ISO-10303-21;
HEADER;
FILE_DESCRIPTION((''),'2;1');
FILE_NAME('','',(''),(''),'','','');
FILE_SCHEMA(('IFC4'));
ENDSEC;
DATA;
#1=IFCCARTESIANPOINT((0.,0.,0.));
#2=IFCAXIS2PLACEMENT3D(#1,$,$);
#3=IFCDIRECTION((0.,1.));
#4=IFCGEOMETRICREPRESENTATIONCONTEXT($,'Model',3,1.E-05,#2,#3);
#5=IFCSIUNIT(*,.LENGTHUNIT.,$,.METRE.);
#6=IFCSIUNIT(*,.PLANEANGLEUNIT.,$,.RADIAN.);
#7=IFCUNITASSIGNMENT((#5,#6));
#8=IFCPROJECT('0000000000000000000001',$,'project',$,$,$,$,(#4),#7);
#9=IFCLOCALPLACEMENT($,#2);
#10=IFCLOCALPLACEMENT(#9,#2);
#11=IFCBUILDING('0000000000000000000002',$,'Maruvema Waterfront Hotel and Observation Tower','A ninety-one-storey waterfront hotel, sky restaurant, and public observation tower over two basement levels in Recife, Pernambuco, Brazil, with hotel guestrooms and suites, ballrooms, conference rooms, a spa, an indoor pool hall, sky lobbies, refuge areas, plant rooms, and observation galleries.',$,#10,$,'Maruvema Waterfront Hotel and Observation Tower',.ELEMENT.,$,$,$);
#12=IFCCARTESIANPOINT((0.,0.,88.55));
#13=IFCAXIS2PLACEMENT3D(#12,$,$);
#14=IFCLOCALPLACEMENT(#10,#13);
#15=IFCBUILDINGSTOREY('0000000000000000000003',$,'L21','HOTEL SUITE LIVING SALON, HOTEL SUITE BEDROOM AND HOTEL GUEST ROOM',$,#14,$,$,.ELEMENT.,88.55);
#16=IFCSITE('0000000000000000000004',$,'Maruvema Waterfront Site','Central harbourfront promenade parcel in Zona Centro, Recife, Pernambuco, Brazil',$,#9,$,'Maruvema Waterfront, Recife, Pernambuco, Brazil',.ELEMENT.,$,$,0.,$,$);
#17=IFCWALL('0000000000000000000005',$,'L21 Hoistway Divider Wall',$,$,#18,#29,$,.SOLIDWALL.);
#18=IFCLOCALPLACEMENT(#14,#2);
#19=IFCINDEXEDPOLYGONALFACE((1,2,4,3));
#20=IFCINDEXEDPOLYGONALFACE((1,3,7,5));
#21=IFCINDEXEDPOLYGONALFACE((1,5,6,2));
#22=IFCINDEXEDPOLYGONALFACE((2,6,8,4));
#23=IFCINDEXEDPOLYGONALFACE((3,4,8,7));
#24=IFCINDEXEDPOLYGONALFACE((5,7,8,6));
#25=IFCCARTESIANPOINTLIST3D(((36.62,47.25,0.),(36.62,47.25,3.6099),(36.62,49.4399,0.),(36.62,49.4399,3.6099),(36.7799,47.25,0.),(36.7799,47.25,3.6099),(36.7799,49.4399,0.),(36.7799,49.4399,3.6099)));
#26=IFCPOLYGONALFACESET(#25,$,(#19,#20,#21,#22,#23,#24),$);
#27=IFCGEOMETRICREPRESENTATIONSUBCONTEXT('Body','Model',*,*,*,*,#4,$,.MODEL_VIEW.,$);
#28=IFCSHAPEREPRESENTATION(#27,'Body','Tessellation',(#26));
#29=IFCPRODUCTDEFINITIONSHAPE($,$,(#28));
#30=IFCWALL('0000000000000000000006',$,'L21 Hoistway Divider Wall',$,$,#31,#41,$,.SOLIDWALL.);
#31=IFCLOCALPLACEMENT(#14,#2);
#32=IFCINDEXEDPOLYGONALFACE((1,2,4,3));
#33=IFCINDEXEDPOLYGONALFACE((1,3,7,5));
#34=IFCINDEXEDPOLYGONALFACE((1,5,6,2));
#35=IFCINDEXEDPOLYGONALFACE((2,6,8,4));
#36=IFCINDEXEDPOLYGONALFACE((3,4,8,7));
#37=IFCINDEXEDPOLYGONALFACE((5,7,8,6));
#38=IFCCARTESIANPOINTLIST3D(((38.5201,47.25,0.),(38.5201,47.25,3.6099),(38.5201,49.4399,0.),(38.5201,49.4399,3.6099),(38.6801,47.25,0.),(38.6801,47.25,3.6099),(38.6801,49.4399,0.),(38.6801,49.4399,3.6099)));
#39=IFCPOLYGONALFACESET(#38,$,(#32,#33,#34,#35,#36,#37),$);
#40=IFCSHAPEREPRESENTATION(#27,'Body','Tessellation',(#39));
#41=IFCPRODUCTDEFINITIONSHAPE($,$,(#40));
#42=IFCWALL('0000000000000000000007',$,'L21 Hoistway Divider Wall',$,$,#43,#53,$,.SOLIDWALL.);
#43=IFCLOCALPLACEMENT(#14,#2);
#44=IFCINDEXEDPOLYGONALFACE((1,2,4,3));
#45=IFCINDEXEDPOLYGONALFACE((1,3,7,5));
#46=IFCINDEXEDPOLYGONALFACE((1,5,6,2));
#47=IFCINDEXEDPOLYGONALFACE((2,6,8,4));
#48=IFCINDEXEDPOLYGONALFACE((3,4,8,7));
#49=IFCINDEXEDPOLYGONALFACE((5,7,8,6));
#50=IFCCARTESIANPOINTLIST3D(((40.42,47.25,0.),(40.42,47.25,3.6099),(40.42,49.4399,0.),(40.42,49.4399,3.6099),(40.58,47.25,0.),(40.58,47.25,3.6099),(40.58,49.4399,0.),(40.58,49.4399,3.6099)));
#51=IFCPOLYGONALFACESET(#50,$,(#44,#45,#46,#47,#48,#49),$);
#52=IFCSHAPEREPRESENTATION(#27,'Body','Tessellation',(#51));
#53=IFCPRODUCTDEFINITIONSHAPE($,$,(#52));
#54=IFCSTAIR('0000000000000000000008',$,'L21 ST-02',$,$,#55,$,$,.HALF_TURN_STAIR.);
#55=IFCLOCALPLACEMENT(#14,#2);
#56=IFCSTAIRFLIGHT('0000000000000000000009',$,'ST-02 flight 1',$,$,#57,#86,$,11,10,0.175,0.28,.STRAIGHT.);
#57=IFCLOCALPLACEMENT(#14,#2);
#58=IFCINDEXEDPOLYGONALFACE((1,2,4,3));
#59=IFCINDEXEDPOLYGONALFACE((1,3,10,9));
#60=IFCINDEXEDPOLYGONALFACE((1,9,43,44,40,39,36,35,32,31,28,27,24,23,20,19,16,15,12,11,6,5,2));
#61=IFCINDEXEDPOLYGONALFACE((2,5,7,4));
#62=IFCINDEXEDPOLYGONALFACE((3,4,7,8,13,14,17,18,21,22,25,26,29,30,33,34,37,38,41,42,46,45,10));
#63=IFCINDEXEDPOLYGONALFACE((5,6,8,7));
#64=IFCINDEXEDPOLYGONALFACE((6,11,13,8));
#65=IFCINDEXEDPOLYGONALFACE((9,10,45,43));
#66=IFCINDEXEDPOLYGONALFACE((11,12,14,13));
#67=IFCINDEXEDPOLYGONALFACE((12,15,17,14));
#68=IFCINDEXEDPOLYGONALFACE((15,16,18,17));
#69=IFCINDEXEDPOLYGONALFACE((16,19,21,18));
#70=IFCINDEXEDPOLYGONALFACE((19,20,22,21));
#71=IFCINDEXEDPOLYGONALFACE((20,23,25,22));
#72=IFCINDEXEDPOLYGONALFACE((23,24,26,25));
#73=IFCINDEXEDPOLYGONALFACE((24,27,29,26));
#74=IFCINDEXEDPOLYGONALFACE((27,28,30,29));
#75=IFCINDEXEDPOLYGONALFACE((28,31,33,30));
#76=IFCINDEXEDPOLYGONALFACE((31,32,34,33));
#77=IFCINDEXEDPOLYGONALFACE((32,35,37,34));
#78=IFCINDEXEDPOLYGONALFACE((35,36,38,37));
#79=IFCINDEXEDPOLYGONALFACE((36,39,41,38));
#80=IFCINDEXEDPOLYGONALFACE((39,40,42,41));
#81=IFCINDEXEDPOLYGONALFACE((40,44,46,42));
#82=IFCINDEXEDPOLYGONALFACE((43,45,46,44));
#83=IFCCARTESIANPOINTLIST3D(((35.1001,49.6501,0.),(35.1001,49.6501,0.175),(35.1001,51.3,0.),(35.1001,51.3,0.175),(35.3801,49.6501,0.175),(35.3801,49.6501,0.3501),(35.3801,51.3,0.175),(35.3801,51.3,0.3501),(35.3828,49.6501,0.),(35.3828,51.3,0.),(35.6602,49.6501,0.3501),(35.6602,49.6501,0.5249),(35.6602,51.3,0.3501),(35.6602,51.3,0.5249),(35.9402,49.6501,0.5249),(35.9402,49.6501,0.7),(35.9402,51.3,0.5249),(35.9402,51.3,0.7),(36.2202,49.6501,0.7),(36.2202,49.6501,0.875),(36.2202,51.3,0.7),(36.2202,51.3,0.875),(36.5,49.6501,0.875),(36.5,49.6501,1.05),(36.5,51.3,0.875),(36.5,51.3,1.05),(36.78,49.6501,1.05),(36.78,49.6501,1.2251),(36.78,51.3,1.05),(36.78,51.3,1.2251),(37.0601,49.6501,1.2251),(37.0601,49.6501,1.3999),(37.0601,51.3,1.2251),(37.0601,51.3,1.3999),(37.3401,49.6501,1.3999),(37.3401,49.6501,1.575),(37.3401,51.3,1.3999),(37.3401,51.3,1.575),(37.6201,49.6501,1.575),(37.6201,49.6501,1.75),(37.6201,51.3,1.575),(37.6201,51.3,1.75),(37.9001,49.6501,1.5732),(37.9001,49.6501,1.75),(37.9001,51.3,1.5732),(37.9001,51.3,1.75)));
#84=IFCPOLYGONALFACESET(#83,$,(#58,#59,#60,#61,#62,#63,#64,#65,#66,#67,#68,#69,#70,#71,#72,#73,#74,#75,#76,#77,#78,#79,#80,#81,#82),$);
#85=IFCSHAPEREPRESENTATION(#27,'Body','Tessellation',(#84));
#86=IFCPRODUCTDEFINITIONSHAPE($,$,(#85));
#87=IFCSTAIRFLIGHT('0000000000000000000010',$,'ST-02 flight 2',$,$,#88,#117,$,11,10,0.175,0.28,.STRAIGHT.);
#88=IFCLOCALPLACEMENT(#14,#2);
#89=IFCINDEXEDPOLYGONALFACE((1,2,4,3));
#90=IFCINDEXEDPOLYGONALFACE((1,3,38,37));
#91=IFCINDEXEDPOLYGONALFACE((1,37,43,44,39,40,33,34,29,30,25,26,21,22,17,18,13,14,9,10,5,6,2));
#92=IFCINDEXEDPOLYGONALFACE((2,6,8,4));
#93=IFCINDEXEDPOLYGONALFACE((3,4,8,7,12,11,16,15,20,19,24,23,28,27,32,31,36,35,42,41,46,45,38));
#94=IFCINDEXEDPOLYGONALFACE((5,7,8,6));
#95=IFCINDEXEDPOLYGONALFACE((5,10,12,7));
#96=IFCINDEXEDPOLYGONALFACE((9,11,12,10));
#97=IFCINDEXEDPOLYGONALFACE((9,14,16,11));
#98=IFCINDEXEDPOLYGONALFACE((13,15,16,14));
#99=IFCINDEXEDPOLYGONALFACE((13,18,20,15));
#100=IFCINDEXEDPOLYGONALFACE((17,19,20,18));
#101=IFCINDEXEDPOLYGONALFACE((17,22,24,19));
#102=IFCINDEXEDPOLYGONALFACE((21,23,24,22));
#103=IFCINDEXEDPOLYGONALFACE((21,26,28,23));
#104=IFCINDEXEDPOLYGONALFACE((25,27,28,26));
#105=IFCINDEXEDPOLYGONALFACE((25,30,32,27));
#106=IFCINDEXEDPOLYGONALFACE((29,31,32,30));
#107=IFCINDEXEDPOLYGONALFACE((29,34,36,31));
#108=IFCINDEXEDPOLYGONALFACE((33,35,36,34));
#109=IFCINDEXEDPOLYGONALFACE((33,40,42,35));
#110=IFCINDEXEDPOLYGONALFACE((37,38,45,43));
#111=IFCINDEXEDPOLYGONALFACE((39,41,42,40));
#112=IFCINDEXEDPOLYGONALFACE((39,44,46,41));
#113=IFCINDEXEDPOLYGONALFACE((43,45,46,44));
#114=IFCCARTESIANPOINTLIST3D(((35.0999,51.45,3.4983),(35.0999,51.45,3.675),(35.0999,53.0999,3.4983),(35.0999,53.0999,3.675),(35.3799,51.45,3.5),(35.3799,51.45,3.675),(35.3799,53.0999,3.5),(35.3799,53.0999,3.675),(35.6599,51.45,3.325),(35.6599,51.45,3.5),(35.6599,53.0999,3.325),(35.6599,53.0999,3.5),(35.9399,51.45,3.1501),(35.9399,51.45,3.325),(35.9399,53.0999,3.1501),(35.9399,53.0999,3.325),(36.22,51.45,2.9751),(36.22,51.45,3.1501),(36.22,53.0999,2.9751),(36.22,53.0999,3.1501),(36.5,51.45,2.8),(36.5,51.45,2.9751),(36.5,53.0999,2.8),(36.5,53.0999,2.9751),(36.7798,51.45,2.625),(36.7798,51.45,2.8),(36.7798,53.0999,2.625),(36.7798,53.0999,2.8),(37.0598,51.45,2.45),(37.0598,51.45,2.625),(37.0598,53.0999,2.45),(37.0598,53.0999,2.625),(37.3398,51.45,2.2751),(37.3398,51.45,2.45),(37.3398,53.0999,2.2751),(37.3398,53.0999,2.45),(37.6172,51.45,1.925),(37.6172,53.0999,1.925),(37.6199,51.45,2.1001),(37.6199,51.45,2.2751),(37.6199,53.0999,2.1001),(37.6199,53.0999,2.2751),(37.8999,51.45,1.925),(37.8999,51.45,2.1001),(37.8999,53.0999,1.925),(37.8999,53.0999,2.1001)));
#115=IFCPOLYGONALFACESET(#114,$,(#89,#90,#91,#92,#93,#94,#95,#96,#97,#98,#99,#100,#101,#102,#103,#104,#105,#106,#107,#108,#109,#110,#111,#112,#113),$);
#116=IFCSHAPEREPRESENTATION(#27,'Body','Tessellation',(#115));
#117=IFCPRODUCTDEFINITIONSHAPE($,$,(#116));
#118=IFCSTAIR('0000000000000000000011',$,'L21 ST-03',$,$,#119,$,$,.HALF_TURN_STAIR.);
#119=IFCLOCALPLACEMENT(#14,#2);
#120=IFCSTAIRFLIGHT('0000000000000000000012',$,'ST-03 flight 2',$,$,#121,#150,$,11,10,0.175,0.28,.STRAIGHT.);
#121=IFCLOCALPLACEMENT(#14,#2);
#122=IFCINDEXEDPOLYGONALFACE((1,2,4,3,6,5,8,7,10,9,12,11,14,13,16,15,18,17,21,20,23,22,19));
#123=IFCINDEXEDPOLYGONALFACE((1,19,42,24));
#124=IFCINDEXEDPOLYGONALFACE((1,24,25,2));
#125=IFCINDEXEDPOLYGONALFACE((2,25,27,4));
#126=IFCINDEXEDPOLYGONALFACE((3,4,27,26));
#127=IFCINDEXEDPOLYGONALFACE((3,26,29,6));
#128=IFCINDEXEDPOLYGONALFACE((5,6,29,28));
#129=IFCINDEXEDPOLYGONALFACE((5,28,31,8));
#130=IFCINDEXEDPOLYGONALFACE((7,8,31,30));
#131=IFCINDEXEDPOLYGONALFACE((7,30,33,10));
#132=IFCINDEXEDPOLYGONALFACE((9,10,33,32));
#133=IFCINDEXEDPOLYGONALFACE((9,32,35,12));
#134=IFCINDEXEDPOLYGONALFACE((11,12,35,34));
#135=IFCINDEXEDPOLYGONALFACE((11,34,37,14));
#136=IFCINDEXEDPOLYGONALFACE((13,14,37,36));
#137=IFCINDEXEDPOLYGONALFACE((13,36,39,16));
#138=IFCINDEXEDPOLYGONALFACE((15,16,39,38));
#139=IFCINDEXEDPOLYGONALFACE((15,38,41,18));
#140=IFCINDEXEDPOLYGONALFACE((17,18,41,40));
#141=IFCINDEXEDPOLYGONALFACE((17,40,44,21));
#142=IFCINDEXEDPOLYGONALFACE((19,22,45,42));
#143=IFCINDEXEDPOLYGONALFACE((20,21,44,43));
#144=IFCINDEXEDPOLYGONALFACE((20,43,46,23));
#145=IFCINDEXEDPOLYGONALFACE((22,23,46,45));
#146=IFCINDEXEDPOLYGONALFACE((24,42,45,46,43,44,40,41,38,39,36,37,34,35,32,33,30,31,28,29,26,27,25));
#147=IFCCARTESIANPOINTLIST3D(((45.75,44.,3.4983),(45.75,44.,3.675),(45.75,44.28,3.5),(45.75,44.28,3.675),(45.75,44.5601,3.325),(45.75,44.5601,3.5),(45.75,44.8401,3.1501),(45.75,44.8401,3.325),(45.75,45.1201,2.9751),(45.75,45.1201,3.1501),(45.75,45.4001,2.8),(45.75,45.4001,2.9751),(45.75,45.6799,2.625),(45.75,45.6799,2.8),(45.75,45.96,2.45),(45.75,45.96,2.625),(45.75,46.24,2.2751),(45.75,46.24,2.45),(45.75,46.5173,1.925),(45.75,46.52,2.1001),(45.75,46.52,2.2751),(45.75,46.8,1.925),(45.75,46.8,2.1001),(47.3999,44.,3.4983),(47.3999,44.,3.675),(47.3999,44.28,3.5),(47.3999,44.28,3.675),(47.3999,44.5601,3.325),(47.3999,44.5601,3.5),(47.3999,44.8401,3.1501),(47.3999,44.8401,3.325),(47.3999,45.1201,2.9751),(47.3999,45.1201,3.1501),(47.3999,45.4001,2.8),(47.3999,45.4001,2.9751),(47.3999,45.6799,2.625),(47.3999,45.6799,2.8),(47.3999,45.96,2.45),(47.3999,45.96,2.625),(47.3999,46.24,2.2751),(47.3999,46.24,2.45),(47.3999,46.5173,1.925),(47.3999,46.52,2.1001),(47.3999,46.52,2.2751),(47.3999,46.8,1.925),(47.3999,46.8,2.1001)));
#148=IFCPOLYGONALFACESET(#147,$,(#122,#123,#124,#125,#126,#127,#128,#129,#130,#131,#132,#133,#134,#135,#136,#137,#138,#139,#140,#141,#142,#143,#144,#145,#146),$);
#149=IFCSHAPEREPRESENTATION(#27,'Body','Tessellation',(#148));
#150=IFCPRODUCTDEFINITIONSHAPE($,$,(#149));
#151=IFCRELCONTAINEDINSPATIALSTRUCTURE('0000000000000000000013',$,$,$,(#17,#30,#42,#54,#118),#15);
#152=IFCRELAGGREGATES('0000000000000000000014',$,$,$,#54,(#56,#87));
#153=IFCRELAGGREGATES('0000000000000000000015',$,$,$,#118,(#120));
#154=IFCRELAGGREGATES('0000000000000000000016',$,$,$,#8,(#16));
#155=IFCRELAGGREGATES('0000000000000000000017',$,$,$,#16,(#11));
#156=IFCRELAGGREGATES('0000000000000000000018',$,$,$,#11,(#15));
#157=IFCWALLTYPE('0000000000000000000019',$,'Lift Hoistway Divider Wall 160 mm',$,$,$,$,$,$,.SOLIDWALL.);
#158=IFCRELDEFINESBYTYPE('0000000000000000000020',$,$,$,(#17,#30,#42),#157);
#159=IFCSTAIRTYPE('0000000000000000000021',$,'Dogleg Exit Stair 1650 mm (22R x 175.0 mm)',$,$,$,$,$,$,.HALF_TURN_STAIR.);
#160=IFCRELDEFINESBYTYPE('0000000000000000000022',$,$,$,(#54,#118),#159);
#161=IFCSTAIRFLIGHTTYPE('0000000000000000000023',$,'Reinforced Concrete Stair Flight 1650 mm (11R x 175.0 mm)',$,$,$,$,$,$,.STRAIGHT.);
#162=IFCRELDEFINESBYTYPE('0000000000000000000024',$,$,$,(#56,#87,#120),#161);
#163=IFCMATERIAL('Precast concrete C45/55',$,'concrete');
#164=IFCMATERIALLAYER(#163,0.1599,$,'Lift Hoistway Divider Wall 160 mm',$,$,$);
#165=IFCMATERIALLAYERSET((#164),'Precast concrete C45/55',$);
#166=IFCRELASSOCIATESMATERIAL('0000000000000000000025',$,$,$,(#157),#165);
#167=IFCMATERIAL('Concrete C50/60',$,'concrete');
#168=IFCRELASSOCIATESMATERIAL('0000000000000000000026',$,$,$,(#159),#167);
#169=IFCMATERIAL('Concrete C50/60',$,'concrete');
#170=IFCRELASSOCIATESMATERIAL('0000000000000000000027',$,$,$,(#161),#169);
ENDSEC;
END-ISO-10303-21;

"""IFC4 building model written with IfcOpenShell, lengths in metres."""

from ifc_helpers import new_model, si_unit, direction, frame, frame_2d, origin, place, context, subcontext, project, spatial, polyline, rectangle, outline, extrude, material, layer, layer_set, type_object, element, aggregate, save


model = new_model("IFC4")

# Units and contexts
model_context = context("Model", 3, precision=1e-05, world=origin(), true_north=direction((0.0, 1.0)))
body_context = subcontext(model_context, "Body", "Model", "MODEL_VIEW")
ifc_project = project(units=[si_unit("LENGTHUNIT", "METRE"), si_unit("PLANEANGLEUNIT", "RADIAN")], contexts=[model_context])

# Site, building, storey
site_placement = place(None, origin())
site = spatial("IfcSite", under=ifc_project, at=site_placement, Name="Maruvema Waterfront Site", Description="Central harbourfront promenade parcel in Zona Centro, Recife, Pernambuco, Brazil", LongName="Maruvema Waterfront, Recife, Pernambuco, Brazil", CompositionType="ELEMENT", RefElevation=0.0)
building_placement = place(site_placement, origin())
building = spatial("IfcBuilding", under=site, at=building_placement, Name="Maruvema Waterfront Hotel and Observation Tower", Description="A ninety-one-storey waterfront hotel, sky restaurant, and public observation tower over two basement levels in Recife, Pernambuco, Brazil, with hotel guestrooms and suites, ballrooms, conference rooms, a spa, an indoor pool hall, sky lobbies, refuge areas, plant rooms, and observation galleries.", LongName="Maruvema Waterfront Hotel and Observation Tower", CompositionType="ELEMENT")
storey_placement = place(building_placement, frame((0.0, 0.0, 88.55)))
storey = spatial("IfcBuildingStorey", under=building, at=storey_placement, Name="L21", Description="HOTEL SUITE LIVING SALON, HOTEL SUITE BEDROOM AND HOTEL GUEST ROOM", CompositionType="ELEMENT", Elevation=88.55)

# Walls
ifc_material_1 = material(Name="Precast concrete C45/55", Category="concrete")
ifc_layer_1 = layer(ifc_material_1, 0.1599, Name="Lift Hoistway Divider Wall 160 mm")
ifc_layer_set_1 = layer_set([ifc_layer_1], Name="Precast concrete C45/55")
wall_type_1 = type_object("IfcWallType", Name="Lift Hoistway Divider Wall 160 mm", PredefinedType="SOLIDWALL", material=ifc_layer_set_1)
for number, where, z_axis, x_axis, name in (
    (1, (36.7, 47.25, 0.0), (0.0, 0.0, 1.0), (0.0, 1.0, 0.0), "L21 Hoistway Divider Wall"),
    (2, (38.6001, 47.25, 0.0), (0.0, 0.0, 1.0), (0.0, 1.0, 0.0), "L21 Hoistway Divider Wall"),
    (3, (40.5, 47.25, 0.0), (0.0, 0.0, 1.0), (0.0, 1.0, 0.0), "L21 Hoistway Divider Wall"),
):
    element("IfcWall", number, at=place(storey_placement, frame(where, z_axis=z_axis, x_axis=x_axis)), inside=storey, type_object=wall_type_1, Name=name, PredefinedType="SOLIDWALL", context=body_context, shape_type="SweptSolid", body=[
        extrude(rectangle(XDim=2.1899, YDim=0.1599, at=frame_2d((1.095, 0.0))), origin(), (0.0, 0.0, 1.0), 3.6099),
    ])

# Stair, stair flights
ifc_material_2 = material(Name="Concrete C50/60", Category="concrete")
stair_type = type_object("IfcStairType", Name="Dogleg Exit Stair 1650 mm (22R x 175.0 mm)", PredefinedType="HALF_TURN_STAIR", material=ifc_material_2)
stair_1_placement = place(storey_placement, origin())
stair_1 = element("IfcStair", 4, at=stair_1_placement, inside=storey, type_object=stair_type, Name="L21 ST-02", PredefinedType="HALF_TURN_STAIR")
ifc_material_3 = material(Name="Concrete C50/60", Category="concrete")
stair_flight_type = type_object("IfcStairFlightType", Name="Reinforced Concrete Stair Flight 1650 mm (11R x 175.0 mm)", PredefinedType="STRAIGHT", material=ifc_material_3)
stair_flight_1_placement = place(storey_placement, frame((35.1001, 50.4751, 0.0), z_axis=(0.0, 0.0, 1.0), x_axis=(1.0, 0.0, 0.0)))
stair_flight_1 = element("IfcStairFlight", 5, at=stair_flight_1_placement, type_object=stair_flight_type, Name="ST-02 flight 1", NumberOfRisers=11, NumberOfTreads=10, PredefinedType="STRAIGHT", RiserHeight=0.175, TreadLength=0.28, context=body_context, shape_type="SweptSolid", body=[
    extrude(outline(polyline([(0.0, 0.0), (0.0, 0.175), (0.28, 0.175), (0.28, 0.3501), (0.5601, 0.3501), (0.5601, 0.5249), (0.8401, 0.5249), (0.8401, 0.7), (1.1201, 0.7), (1.1201, 0.875), (1.3999, 0.875), (1.3999, 1.05), (1.6799, 1.05), (1.6799, 1.2251), (1.96, 1.2251), (1.96, 1.3999), (2.24, 1.3999), (2.24, 1.575), (2.52, 1.575), (2.52, 1.75), (2.8, 1.75), (2.8, 1.925), (2.8, 1.5732), (0.2827, 0.0), (0.0, 0.0)])), frame((0.0, 0.825, 0.0), z_axis=(0.0, -1.0, 0.0), x_axis=(1.0, 0.0, 0.0)), (0.0, 0.0, 1.0), 1.6499),
])
stair_flight_2_placement = place(storey_placement, frame((37.8999, 52.2749, 1.925), z_axis=(0.0, 0.0, 1.0), x_axis=(-1.0, 0.0, 0.0)))
stair_flight_2 = element("IfcStairFlight", 6, at=stair_flight_2_placement, type_object=stair_flight_type, Name="ST-02 flight 2", NumberOfRisers=11, NumberOfTreads=10, PredefinedType="STRAIGHT", RiserHeight=0.175, TreadLength=0.28, context=body_context, shape_type="SweptSolid", body=[
    extrude(outline(polyline([(0.0, 0.0), (0.0, 0.175), (0.28, 0.175), (0.28, 0.3501), (0.5601, 0.3501), (0.5601, 0.5249), (0.8401, 0.5249), (0.8401, 0.7), (1.1201, 0.7), (1.1201, 0.875), (1.3999, 0.875), (1.3999, 1.05), (1.6799, 1.05), (1.6799, 1.2251), (1.96, 1.2251), (1.96, 1.3999), (2.24, 1.3999), (2.24, 1.575), (2.52, 1.575), (2.52, 1.75), (2.8, 1.75), (2.8, 1.925), (2.8, 1.5732), (0.2827, 0.0), (0.0, 0.0)])), frame((0.0, 0.825, 0.0), z_axis=(0.0, -1.0, 0.0), x_axis=(1.0, 0.0, 0.0)), (0.0, 0.0, 1.0), 1.6499),
])
aggregate(stair_1, [stair_flight_1, stair_flight_2])

# Stair, stair flight
stair_2_placement = place(storey_placement, origin())
stair_2 = element("IfcStair", 7, at=stair_2_placement, inside=storey, type_object=stair_type, Name="L21 ST-03", PredefinedType="HALF_TURN_STAIR")
stair_flight_3_placement = place(storey_placement, frame((46.575, 46.8, 1.925), z_axis=(0.0, 0.0, 1.0), x_axis=(0.0, -1.0, 0.0)))
stair_flight_3 = element("IfcStairFlight", 8, at=stair_flight_3_placement, type_object=stair_flight_type, Name="ST-03 flight 2", NumberOfRisers=11, NumberOfTreads=10, PredefinedType="STRAIGHT", RiserHeight=0.175, TreadLength=0.28, context=body_context, shape_type="SweptSolid", body=[
    extrude(outline(polyline([(0.0, 0.0), (0.0, 0.175), (0.28, 0.175), (0.28, 0.3501), (0.5601, 0.3501), (0.5601, 0.5249), (0.8401, 0.5249), (0.8401, 0.7), (1.1201, 0.7), (1.1201, 0.875), (1.3999, 0.875), (1.3999, 1.05), (1.6799, 1.05), (1.6799, 1.2251), (1.96, 1.2251), (1.96, 1.3999), (2.24, 1.3999), (2.24, 1.575), (2.52, 1.575), (2.52, 1.75), (2.8, 1.75), (2.8, 1.925), (2.8, 1.5732), (0.2827, 0.0), (0.0, 0.0)])), frame((0.0, 0.825, 0.0), z_axis=(0.0, -1.0, 0.0), x_axis=(1.0, 0.0, 0.0)), (0.0, 0.0, 1.0), 1.6499),
])
aggregate(stair_2, [stair_flight_3])

save(model, "model.ifc")
